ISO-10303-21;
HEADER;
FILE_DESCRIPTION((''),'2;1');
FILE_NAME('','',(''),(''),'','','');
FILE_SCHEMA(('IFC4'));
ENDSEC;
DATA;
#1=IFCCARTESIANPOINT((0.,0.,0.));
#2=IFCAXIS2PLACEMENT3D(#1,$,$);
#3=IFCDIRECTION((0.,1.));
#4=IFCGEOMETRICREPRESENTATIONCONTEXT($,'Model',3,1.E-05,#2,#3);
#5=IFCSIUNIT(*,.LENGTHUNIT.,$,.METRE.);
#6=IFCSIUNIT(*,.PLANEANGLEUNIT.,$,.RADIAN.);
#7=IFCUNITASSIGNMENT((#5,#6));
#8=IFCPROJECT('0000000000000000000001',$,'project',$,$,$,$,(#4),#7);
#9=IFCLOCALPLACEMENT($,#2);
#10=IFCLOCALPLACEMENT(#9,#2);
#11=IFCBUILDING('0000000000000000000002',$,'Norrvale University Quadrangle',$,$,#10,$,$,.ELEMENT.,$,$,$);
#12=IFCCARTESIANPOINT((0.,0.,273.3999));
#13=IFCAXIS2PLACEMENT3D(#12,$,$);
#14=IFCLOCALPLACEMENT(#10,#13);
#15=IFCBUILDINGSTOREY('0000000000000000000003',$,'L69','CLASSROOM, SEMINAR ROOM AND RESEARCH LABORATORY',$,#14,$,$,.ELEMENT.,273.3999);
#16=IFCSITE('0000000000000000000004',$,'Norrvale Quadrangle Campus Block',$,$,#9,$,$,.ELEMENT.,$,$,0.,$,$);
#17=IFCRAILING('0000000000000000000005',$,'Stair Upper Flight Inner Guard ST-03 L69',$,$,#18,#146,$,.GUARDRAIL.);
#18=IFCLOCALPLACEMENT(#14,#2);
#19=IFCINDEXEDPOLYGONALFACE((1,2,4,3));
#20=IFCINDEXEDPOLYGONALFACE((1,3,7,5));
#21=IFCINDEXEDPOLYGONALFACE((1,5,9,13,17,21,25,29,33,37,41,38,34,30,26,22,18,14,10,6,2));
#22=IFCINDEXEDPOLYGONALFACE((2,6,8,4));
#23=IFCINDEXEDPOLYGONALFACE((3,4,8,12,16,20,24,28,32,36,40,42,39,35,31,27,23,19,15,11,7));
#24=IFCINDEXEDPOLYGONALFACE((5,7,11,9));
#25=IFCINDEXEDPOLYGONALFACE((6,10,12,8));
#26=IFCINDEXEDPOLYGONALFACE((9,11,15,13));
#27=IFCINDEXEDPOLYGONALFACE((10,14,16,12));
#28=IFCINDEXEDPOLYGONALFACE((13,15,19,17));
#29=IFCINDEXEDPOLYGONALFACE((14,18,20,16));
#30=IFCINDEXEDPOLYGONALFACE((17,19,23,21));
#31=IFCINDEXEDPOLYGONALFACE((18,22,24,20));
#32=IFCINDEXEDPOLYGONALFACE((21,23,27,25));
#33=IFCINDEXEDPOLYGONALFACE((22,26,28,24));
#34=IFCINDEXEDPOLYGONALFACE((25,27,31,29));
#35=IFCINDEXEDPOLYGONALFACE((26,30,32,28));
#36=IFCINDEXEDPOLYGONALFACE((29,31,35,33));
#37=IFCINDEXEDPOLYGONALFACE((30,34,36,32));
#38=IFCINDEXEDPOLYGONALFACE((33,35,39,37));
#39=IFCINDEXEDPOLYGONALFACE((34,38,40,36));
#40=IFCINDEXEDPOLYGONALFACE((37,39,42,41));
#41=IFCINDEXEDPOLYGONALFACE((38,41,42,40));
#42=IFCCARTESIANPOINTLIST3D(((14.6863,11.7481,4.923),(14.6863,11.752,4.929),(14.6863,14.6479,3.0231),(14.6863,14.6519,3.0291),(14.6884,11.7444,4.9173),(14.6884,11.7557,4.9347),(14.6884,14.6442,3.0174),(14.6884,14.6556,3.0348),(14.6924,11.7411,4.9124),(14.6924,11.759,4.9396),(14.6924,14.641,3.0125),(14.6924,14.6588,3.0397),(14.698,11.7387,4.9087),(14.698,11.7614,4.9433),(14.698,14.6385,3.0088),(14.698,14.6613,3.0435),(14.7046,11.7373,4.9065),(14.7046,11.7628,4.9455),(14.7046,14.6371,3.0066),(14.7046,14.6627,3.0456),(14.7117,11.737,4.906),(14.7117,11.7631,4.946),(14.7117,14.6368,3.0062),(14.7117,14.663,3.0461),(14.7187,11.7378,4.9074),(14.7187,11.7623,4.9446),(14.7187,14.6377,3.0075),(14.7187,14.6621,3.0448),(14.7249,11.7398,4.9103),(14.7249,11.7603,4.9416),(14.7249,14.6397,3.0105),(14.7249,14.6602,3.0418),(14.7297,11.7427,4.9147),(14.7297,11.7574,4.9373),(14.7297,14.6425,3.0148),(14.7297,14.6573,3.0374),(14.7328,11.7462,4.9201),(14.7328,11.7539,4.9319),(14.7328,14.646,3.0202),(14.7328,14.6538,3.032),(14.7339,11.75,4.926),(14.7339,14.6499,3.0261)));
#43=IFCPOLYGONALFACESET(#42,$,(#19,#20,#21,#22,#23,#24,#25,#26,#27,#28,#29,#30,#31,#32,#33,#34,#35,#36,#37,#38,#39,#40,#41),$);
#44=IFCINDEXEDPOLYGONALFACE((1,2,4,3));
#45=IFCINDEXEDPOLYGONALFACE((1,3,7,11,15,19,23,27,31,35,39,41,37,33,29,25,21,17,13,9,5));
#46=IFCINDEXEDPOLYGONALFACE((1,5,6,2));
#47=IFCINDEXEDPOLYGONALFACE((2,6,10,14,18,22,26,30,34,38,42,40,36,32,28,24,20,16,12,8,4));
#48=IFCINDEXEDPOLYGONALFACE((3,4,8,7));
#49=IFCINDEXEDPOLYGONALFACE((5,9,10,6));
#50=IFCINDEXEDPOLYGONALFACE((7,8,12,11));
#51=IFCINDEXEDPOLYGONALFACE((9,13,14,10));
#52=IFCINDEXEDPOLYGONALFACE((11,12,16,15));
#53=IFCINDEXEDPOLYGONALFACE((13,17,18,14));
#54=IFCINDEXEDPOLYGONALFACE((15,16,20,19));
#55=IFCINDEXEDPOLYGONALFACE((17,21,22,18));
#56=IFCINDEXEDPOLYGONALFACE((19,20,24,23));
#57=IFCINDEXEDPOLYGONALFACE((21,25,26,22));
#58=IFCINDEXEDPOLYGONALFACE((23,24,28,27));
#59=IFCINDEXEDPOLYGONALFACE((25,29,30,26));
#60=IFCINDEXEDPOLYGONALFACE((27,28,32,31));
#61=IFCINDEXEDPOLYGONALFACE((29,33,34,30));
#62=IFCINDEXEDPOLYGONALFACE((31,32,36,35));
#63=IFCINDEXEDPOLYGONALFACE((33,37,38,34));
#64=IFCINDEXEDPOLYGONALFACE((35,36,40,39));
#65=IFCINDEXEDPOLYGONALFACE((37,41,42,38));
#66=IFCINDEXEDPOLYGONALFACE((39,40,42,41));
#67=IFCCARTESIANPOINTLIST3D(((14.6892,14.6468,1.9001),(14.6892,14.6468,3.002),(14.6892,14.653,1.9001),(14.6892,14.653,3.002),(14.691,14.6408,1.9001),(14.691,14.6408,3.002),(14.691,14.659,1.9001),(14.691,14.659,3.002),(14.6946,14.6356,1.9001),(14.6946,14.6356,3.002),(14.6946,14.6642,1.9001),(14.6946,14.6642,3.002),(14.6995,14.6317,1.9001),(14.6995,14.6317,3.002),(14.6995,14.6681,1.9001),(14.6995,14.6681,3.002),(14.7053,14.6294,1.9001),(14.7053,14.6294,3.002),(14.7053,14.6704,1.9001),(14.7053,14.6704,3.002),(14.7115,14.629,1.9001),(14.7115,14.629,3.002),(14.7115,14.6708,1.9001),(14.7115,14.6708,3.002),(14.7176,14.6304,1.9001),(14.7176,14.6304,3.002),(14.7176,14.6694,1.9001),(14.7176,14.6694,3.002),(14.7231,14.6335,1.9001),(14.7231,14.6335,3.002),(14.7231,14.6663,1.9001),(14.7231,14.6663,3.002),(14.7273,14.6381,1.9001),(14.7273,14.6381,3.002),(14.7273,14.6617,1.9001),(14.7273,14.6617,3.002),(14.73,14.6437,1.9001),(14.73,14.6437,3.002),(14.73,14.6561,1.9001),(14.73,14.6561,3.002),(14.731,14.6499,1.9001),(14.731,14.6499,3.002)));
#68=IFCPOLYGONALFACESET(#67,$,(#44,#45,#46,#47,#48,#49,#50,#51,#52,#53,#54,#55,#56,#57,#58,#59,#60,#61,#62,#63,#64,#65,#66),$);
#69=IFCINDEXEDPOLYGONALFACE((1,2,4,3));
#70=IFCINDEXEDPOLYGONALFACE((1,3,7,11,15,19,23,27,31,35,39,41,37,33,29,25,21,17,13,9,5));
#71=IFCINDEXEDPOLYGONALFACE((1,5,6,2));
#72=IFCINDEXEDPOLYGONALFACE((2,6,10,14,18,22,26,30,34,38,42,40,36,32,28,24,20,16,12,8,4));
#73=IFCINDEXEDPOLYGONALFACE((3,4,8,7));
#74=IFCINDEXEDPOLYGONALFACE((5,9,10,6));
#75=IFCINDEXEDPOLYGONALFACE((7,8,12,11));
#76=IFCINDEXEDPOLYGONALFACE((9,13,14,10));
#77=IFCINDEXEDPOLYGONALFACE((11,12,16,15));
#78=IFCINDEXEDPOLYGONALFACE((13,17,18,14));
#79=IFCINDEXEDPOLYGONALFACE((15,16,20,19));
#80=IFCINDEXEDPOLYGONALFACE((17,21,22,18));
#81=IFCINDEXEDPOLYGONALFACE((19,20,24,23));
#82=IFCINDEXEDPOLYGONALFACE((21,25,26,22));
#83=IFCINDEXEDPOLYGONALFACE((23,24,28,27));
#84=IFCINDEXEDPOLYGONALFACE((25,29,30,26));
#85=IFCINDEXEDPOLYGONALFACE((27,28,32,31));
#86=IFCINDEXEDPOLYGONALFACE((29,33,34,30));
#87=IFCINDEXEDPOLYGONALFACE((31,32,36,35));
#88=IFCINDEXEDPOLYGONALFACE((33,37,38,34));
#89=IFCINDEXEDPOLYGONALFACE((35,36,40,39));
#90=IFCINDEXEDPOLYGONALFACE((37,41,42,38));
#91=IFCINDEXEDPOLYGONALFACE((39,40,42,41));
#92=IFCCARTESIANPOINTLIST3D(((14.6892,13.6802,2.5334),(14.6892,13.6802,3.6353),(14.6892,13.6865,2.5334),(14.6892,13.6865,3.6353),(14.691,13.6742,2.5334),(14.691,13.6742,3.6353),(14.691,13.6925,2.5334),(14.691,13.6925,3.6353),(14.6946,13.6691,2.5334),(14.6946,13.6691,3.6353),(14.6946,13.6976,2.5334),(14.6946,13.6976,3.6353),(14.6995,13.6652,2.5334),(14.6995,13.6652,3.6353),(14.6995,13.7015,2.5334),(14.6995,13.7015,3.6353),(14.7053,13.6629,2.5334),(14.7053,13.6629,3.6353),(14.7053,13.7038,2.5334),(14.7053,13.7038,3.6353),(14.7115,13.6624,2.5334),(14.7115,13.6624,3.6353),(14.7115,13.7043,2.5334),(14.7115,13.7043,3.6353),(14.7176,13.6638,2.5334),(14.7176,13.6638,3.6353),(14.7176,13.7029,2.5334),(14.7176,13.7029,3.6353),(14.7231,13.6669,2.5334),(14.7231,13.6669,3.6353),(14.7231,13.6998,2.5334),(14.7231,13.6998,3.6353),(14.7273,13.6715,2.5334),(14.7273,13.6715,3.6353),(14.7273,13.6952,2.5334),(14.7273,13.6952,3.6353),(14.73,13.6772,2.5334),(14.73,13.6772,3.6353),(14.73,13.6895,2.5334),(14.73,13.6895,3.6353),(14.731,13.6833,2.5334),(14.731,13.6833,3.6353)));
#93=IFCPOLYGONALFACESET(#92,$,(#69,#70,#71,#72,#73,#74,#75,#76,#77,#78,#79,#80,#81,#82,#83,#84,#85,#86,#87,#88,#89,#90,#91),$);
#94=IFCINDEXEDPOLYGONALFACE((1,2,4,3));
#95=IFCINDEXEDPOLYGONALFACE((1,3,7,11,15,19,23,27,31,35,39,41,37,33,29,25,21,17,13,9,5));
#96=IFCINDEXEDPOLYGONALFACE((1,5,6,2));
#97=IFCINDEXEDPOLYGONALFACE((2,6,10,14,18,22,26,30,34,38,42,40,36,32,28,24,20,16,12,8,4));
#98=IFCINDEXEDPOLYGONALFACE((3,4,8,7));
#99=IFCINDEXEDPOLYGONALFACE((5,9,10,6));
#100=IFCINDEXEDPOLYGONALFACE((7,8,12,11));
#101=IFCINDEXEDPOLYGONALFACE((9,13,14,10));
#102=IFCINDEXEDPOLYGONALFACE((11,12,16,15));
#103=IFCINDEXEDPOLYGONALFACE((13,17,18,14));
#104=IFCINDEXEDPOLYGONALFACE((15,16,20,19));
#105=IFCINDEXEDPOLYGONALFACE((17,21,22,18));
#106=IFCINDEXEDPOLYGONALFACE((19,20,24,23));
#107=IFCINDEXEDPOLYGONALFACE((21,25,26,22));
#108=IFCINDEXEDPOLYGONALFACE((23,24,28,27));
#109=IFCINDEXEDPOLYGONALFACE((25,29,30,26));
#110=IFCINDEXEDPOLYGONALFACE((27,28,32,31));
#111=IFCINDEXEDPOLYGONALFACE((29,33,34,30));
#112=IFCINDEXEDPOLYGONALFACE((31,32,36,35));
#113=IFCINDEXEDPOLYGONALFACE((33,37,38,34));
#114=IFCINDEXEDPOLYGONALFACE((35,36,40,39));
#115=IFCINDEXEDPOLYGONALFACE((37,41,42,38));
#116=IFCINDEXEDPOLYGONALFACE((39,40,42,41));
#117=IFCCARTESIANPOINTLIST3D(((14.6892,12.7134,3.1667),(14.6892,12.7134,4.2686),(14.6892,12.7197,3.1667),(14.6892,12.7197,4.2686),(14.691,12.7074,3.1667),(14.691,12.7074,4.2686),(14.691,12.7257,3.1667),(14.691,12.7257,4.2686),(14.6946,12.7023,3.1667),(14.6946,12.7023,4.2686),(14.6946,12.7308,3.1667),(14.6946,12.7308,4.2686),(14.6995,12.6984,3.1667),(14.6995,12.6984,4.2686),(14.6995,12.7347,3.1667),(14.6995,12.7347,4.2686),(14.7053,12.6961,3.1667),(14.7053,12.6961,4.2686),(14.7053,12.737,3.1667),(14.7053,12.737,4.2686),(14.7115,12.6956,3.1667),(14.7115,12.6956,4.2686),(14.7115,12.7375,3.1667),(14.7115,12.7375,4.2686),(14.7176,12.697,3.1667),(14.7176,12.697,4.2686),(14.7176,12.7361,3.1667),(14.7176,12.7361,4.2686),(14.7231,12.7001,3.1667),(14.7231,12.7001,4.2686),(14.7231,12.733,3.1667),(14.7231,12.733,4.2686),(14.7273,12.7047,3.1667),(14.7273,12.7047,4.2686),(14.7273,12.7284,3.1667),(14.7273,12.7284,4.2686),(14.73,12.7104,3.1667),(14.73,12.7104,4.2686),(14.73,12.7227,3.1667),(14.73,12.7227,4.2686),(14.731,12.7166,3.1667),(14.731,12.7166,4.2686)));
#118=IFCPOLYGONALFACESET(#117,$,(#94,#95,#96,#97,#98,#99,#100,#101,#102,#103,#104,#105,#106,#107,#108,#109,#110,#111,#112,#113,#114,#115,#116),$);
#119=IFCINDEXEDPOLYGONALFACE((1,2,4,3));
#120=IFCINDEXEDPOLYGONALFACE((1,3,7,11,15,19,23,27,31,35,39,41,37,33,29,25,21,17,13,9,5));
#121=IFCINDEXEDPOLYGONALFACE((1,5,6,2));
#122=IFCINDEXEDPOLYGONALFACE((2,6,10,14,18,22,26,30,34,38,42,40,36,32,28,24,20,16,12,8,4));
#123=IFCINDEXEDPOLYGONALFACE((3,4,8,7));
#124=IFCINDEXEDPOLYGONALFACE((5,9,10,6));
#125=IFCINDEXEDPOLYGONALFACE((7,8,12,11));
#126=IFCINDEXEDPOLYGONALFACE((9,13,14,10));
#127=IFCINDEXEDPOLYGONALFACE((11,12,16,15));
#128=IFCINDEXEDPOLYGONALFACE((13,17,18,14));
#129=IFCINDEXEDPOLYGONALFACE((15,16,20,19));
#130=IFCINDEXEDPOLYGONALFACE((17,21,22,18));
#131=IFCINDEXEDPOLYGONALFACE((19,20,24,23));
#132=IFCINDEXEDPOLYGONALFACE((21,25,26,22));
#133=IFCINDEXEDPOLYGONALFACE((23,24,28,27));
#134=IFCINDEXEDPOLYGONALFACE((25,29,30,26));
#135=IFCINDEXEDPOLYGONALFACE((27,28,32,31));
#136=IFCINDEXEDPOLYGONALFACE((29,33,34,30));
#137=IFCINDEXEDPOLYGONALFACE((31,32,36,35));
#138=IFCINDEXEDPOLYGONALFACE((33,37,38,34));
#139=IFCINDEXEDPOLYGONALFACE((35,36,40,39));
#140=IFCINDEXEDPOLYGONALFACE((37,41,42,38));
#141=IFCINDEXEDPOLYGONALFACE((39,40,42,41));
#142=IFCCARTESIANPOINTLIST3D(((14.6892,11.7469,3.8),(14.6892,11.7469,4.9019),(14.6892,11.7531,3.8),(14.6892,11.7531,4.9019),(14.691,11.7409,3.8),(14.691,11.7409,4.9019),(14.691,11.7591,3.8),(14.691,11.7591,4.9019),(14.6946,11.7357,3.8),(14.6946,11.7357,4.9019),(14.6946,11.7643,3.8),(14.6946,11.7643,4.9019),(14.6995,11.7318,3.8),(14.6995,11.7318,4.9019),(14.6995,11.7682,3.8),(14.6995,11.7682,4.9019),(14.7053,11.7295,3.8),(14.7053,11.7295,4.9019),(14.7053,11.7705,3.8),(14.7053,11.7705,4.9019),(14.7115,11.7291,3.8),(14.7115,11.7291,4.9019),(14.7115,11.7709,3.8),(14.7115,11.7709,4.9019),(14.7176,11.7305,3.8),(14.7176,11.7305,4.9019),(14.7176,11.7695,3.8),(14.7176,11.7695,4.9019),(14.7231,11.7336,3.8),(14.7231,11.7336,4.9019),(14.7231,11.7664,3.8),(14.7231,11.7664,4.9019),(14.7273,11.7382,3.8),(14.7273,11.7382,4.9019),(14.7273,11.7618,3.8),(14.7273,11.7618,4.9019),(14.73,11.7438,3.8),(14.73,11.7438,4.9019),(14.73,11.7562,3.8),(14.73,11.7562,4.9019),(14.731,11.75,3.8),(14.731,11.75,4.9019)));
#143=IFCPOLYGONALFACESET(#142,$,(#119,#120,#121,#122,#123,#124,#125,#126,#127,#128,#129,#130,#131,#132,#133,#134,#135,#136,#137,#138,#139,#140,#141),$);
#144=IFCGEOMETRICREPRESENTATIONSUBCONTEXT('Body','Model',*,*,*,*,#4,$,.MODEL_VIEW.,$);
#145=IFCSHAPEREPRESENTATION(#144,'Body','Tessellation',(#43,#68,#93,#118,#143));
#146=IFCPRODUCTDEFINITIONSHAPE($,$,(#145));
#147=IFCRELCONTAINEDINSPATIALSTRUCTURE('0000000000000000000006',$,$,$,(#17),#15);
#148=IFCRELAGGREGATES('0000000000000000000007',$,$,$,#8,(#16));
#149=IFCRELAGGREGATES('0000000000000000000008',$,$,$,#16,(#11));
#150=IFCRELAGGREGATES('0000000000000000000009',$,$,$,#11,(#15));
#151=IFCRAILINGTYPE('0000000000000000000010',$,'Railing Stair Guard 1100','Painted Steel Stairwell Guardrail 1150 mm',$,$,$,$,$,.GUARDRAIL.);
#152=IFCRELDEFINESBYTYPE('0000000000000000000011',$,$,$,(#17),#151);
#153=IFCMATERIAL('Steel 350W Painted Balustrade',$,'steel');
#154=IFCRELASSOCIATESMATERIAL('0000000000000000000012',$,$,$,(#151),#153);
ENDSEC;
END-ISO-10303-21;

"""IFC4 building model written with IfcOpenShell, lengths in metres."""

from ifc_helpers import new_model, si_unit, direction, frame, origin, origin_2d, place, context, subcontext, project, spatial, circle, extrude, material, type_object, element, save


model = new_model("IFC4")

# Units and contexts
model_context = context("Model", 3, precision=1e-05, world=origin(), true_north=direction((0.0, 1.0)))
body_context = subcontext(model_context, "Body", "Model", "MODEL_VIEW")
ifc_project = project(units=[si_unit("LENGTHUNIT", "METRE"), si_unit("PLANEANGLEUNIT", "RADIAN")], contexts=[model_context])

# Site, building, storey
site_placement = place(None, origin())
site = spatial("IfcSite", under=ifc_project, at=site_placement, Name="Norrvale Quadrangle Campus Block", CompositionType="ELEMENT", RefElevation=0.0)
building_placement = place(site_placement, origin())
building = spatial("IfcBuilding", under=site, at=building_placement, Name="Norrvale University Quadrangle", CompositionType="ELEMENT")
storey_placement = place(building_placement, frame((0.0, 0.0, 273.3999)))
storey = spatial("IfcBuildingStorey", under=building, at=storey_placement, Name="L69", Description="CLASSROOM, SEMINAR ROOM AND RESEARCH LABORATORY", CompositionType="ELEMENT", Elevation=273.3999)

# Railing
ifc_material_1 = material(Name="Steel 350W Painted Balustrade", Category="steel")
railing_type_1 = type_object("IfcRailingType", Name="Railing Stair Guard 1100", Description="Painted Steel Stairwell Guardrail 1150 mm", PredefinedType="GUARDRAIL", material=ifc_material_1)
railing_1_placement = place(storey_placement, frame((14.71, 14.6499, 1.9001)))
element("IfcRailing", 1, at=railing_1_placement, inside=storey, type_object=railing_type_1, Name="Stair Upper Flight Inner Guard ST-03 L69", PredefinedType="GUARDRAIL", context=body_context, shape_type="SweptSolid", body=[
    extrude(circle(Radius=0.0239, at=origin_2d()), frame((0.0, 0.0, 1.126), z_axis=(0.0, -0.836466, 0.548019), x_axis=(1.0, 0.0, 0.0)), (0.0, 0.0, 1.0), 3.4668),
    extrude(circle(Radius=0.021, at=origin_2d()), origin(), (0.0, 0.0, 1.0), 1.1018),
    extrude(circle(Radius=0.021, at=origin_2d()), frame((0.0, -0.9666, 0.6333)), (0.0, 0.0, 1.0), 1.1018),
    extrude(circle(Radius=0.021, at=origin_2d()), frame((0.0, -1.9333, 1.2666)), (0.0, 0.0, 1.0), 1.1018),
    extrude(circle(Radius=0.021, at=origin_2d()), frame((0.0, -2.8999, 1.8999)), (0.0, 0.0, 1.0), 1.1018),
])

save(model, "model.ifc")
